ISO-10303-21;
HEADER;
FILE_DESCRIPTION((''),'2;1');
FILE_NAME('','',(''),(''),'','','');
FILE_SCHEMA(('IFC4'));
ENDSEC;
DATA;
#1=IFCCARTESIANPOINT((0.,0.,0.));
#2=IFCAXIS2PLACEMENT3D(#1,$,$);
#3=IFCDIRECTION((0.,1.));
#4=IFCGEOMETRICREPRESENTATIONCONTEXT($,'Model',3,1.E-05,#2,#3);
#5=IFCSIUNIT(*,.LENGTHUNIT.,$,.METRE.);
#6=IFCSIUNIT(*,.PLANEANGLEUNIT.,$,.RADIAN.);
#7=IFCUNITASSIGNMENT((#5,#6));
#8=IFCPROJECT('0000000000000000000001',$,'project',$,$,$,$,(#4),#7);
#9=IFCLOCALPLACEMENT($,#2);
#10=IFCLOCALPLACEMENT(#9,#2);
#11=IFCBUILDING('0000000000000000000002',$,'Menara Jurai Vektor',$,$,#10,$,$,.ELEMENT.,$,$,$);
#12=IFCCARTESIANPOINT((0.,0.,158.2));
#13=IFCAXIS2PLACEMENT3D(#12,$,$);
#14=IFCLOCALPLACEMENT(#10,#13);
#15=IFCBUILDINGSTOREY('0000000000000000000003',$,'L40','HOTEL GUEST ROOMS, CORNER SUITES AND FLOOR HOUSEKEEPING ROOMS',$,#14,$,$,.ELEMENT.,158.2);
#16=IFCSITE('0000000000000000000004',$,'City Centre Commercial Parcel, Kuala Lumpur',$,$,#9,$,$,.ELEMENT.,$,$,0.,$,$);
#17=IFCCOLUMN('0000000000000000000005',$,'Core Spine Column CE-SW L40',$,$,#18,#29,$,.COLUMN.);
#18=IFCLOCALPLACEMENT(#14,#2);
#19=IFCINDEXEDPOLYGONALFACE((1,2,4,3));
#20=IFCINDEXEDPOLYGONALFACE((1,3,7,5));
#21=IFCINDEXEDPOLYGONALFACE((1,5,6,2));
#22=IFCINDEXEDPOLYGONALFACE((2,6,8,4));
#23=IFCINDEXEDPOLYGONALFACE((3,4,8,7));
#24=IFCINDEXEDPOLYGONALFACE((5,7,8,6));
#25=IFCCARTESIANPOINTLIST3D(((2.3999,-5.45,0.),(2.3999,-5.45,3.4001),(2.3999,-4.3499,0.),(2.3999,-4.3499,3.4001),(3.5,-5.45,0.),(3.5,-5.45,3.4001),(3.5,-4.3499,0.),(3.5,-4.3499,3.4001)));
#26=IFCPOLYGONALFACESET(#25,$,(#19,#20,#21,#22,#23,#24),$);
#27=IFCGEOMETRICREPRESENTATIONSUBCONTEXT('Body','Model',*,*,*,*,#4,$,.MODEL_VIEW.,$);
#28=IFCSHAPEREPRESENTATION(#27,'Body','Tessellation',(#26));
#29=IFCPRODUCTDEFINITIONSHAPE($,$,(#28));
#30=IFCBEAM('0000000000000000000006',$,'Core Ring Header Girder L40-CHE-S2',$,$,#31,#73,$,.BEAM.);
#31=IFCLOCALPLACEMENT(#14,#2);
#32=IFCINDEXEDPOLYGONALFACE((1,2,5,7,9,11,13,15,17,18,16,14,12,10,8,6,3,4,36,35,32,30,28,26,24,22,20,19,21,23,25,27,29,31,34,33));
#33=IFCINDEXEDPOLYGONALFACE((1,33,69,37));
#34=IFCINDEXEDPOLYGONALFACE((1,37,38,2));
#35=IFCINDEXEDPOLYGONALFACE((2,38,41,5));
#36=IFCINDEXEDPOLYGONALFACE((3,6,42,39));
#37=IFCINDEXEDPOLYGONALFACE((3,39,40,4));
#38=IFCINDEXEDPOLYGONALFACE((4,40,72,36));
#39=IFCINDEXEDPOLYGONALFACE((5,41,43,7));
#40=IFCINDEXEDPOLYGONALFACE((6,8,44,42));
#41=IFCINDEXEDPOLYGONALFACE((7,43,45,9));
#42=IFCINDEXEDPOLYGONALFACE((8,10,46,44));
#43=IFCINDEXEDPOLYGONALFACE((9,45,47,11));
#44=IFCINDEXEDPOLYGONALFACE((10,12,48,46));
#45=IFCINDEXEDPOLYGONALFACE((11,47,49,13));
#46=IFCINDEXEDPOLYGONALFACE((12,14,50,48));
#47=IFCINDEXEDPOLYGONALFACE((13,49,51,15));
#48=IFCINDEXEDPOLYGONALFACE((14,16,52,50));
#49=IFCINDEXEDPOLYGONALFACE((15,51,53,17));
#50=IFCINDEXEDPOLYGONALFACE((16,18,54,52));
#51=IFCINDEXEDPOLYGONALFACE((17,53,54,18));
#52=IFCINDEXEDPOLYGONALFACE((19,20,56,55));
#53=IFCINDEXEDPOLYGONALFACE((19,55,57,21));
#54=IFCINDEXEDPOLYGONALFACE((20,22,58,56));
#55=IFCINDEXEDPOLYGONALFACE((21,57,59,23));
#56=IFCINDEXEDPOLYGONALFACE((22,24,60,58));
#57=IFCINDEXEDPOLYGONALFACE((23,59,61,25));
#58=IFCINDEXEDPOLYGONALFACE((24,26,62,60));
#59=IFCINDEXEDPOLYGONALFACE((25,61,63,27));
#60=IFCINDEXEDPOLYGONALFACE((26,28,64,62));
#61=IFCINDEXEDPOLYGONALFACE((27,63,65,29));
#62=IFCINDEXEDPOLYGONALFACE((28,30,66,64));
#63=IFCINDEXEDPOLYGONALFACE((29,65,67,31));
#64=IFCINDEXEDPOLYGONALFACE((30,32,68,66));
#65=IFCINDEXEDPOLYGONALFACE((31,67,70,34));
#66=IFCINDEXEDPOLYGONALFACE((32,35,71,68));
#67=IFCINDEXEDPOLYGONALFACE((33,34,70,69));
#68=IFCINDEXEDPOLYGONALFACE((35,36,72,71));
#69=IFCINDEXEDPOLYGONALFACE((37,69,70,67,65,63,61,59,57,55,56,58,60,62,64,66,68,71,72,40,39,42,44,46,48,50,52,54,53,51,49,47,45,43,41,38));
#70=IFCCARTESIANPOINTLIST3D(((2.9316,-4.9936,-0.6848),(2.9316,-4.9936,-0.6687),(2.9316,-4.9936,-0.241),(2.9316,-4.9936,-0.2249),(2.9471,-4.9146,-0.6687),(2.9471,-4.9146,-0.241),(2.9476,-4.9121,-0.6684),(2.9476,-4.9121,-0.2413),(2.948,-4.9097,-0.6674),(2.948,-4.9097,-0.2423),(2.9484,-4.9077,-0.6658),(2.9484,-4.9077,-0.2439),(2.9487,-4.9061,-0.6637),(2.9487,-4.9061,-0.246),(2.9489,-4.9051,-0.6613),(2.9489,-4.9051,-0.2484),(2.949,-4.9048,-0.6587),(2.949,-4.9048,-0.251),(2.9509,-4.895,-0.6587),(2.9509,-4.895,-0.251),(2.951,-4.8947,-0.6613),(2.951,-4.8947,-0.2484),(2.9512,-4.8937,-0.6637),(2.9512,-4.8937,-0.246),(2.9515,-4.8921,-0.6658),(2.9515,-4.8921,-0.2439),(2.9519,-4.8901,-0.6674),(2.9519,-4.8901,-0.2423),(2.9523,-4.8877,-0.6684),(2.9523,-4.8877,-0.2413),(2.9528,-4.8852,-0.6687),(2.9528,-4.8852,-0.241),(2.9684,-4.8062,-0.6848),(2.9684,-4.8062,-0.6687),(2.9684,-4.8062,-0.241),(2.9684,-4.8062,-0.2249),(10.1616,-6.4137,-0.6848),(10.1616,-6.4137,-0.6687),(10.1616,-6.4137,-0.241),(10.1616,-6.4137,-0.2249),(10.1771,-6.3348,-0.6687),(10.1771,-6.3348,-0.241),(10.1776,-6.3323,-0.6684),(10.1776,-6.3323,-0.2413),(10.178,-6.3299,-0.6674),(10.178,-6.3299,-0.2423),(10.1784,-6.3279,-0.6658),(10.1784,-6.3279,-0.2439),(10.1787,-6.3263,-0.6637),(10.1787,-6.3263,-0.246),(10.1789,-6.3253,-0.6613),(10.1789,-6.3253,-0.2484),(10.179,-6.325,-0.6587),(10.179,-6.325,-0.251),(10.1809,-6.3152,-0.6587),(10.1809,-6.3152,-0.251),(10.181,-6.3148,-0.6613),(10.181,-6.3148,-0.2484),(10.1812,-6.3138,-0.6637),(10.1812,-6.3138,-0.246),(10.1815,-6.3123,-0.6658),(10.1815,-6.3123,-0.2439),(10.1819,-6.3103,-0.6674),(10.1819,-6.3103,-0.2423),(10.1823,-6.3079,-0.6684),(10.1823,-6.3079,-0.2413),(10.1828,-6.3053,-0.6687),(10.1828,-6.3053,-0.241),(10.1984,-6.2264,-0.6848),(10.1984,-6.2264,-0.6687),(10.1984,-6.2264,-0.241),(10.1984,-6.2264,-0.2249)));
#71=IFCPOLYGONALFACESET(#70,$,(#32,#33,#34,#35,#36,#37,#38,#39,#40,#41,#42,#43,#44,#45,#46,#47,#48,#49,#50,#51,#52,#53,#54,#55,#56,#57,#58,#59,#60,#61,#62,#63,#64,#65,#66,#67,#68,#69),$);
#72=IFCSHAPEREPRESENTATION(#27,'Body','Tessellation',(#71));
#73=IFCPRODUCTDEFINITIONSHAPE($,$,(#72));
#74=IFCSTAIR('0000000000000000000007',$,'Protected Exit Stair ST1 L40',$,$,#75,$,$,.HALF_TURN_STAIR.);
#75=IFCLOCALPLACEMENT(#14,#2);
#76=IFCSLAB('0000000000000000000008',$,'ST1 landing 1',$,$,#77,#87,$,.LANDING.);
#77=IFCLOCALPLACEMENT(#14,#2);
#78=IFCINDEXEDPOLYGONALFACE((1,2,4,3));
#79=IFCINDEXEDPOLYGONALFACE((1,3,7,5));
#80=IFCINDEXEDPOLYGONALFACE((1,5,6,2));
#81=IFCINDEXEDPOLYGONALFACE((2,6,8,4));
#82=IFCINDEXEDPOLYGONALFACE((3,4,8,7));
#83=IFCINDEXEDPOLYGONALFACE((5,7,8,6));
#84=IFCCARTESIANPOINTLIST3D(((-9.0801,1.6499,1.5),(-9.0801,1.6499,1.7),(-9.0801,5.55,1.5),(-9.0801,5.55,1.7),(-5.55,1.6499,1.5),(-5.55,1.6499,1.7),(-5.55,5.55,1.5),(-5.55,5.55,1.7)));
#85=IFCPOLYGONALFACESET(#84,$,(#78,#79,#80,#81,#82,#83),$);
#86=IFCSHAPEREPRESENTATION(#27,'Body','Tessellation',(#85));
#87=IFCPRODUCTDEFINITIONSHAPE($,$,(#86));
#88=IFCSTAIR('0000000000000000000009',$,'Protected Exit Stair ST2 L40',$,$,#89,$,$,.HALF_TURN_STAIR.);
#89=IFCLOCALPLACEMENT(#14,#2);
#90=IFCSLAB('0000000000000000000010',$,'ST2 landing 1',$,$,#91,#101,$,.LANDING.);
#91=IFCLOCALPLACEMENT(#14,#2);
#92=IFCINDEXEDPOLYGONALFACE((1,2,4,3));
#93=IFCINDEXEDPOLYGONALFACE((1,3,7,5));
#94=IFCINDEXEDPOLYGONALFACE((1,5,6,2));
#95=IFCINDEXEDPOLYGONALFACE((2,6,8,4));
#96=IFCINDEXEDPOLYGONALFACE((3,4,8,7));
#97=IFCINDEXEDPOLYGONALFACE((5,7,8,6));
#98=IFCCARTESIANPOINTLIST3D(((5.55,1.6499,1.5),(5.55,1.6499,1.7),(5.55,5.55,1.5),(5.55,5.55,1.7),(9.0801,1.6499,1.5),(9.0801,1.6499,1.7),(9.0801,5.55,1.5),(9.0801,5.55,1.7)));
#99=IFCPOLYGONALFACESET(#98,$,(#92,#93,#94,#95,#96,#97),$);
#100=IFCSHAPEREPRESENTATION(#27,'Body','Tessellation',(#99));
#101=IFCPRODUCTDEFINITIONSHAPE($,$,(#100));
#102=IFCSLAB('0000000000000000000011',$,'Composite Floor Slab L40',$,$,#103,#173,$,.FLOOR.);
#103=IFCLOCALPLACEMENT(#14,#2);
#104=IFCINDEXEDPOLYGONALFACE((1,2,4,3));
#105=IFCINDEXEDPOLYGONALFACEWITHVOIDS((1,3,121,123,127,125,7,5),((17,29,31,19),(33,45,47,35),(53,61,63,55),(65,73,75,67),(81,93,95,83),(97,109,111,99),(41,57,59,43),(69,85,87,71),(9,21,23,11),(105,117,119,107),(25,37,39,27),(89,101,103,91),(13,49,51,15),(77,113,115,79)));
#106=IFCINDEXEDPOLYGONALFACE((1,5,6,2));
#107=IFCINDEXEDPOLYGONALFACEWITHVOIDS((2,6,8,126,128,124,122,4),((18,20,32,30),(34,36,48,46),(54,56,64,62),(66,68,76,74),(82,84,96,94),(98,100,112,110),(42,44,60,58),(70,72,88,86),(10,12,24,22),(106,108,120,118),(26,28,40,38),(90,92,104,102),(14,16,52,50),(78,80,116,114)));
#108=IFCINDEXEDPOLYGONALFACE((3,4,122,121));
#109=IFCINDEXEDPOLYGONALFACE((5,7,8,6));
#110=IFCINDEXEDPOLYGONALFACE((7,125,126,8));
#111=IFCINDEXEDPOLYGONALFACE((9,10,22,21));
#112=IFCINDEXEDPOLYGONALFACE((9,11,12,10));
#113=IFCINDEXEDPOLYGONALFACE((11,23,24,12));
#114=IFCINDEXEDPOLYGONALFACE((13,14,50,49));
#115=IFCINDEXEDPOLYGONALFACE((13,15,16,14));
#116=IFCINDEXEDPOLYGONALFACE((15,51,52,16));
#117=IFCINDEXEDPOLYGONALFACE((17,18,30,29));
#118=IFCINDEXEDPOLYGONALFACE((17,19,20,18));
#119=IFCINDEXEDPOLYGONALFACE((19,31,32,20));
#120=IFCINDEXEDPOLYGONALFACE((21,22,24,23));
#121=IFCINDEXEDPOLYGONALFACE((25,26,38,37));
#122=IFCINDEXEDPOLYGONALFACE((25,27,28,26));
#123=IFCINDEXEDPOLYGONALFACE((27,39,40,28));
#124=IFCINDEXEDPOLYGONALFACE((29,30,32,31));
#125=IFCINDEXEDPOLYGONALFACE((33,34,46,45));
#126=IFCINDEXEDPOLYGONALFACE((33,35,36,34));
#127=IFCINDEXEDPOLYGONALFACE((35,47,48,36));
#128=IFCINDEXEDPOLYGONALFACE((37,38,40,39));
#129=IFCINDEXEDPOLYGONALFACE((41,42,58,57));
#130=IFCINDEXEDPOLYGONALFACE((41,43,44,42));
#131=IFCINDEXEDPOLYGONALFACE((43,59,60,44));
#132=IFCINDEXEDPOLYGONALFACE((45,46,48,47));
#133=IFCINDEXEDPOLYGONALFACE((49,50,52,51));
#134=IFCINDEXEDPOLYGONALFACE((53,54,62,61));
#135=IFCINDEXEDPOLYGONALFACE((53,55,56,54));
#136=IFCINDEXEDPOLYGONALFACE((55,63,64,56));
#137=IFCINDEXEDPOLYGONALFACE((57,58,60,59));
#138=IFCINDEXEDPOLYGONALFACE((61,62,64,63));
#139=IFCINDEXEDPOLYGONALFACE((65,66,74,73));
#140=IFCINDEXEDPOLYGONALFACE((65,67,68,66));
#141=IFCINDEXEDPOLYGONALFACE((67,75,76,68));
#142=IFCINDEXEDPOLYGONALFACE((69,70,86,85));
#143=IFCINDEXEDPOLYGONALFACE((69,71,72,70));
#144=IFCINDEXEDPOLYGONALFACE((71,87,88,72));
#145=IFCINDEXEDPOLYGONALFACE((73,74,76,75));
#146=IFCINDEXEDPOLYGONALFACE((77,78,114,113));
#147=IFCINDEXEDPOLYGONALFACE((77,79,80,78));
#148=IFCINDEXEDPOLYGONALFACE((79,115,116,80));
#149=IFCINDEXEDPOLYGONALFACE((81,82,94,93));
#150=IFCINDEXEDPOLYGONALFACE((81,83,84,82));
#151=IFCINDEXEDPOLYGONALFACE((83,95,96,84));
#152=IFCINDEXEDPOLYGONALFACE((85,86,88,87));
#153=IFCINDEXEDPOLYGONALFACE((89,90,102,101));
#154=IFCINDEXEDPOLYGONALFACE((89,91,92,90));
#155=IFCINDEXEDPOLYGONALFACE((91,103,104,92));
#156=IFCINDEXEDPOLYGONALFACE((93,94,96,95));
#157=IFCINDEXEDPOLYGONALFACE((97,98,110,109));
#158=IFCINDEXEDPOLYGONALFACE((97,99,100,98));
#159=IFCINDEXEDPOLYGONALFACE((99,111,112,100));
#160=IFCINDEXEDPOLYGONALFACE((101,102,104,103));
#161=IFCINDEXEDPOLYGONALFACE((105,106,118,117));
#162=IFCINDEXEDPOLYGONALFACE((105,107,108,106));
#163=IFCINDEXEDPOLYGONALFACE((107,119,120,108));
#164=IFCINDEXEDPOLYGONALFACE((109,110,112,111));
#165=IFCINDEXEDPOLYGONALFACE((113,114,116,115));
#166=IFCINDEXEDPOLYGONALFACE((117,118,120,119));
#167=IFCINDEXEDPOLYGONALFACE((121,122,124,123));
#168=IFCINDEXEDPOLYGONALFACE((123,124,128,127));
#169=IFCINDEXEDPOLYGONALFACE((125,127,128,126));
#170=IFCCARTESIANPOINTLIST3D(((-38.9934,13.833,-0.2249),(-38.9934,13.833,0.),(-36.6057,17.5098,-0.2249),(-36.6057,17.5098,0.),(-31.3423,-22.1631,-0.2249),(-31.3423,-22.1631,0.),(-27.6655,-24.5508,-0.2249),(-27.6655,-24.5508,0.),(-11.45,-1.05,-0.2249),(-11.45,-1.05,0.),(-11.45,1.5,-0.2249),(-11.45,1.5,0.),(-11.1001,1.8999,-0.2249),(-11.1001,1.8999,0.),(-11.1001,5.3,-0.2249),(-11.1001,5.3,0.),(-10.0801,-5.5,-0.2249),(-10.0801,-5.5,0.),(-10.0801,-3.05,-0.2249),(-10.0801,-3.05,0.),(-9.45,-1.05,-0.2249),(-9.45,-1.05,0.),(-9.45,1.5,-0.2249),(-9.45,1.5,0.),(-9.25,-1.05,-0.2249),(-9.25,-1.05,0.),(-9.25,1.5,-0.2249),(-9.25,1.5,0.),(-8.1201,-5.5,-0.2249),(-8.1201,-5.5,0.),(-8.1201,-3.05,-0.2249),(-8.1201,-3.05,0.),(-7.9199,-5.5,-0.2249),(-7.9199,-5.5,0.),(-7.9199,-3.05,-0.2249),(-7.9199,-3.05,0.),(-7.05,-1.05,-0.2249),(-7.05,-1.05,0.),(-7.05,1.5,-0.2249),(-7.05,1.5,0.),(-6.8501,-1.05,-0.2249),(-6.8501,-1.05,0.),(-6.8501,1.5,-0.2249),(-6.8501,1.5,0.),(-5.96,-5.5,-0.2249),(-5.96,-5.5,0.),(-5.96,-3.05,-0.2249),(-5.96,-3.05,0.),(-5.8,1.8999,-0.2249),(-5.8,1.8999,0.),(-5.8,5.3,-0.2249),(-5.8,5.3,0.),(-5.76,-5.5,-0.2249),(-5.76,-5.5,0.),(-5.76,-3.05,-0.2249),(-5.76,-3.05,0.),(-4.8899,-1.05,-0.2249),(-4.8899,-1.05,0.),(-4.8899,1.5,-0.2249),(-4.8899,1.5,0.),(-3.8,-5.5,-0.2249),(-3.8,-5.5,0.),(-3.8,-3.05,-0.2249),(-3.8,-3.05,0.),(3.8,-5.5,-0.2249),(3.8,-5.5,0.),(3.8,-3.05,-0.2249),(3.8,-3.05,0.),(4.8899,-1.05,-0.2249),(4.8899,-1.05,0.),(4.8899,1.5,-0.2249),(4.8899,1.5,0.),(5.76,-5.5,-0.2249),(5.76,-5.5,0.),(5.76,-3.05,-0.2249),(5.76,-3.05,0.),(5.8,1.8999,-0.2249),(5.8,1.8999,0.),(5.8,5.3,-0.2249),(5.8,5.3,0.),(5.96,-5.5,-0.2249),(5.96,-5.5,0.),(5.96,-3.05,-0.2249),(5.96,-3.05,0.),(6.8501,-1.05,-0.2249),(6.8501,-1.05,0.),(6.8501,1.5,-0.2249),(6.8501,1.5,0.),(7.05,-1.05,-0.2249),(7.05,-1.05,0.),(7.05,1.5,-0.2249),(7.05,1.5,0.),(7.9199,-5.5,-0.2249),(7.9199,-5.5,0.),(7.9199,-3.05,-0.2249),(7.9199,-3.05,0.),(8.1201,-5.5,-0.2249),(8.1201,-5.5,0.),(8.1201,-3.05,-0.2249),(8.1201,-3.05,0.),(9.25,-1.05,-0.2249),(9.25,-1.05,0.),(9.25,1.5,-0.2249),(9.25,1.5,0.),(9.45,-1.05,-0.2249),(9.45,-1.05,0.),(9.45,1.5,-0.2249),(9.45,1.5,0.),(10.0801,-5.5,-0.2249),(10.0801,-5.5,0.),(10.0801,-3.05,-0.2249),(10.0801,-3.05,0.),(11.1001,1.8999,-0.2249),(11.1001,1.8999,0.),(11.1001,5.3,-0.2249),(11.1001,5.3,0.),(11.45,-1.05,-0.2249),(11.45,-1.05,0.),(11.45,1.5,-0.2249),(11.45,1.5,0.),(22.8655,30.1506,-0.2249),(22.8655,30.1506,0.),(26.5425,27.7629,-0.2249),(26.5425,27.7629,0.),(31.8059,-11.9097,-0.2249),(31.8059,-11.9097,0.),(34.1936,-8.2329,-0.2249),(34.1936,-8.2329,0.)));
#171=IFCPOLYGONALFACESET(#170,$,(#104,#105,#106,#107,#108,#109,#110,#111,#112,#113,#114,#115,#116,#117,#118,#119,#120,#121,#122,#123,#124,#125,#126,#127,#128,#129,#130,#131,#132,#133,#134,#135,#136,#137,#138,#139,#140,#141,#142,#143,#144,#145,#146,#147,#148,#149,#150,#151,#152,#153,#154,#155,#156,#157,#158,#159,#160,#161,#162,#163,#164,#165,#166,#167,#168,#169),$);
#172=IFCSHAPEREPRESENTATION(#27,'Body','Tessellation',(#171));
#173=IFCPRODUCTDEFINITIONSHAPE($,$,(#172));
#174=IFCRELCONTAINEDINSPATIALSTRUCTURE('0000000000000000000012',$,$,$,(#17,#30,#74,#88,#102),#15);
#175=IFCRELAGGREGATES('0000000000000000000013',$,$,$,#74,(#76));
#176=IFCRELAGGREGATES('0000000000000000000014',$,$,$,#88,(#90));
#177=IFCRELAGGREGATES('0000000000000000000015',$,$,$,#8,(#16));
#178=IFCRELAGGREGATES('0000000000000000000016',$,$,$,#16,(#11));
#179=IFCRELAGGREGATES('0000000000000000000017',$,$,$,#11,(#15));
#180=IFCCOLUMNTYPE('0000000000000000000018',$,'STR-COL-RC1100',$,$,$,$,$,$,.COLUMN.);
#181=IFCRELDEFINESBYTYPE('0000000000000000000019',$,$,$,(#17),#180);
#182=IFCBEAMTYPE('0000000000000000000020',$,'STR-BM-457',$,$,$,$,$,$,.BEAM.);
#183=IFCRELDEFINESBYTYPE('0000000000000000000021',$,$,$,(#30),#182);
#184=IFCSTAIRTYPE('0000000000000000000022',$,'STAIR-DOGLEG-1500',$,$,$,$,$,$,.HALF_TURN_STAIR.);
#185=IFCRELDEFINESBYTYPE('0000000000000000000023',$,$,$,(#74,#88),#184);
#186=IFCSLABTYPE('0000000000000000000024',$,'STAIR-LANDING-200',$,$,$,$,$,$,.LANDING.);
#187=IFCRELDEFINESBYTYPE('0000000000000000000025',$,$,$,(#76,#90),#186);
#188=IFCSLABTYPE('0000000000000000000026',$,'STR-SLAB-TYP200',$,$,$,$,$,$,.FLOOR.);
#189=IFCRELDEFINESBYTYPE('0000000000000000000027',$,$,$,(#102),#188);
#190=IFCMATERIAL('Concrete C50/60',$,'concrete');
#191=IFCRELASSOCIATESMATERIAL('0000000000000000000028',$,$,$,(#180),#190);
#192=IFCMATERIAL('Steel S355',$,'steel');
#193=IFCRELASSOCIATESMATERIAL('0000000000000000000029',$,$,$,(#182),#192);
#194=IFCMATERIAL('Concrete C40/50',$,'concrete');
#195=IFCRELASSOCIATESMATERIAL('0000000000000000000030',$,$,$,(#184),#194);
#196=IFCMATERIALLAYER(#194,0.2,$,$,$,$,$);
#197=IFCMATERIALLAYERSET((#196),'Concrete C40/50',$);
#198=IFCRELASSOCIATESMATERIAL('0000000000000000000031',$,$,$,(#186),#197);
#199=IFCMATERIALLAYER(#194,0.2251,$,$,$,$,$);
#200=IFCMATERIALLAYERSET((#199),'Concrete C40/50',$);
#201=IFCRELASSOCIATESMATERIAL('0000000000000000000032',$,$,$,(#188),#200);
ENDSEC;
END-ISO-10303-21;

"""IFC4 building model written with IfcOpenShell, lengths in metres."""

from ifc_helpers import new_model, si_unit, direction, frame, origin, origin_2d, place, context, subcontext, project, spatial, polyline, rectangle, i_section, outline, extrude, material, layer, layer_set, material_profile, profile_set, type_object, element, aggregate, save


model = new_model("IFC4")

# Units and contexts
model_context = context("Model", 3, precision=1e-05, world=origin(), true_north=direction((0.0, 1.0)))
body_context = subcontext(model_context, "Body", "Model", "MODEL_VIEW")
ifc_project = project(units=[si_unit("LENGTHUNIT", "METRE"), si_unit("PLANEANGLEUNIT", "RADIAN")], contexts=[model_context])

# Site, building, storey
site_placement = place(None, origin())
site = spatial("IfcSite", under=ifc_project, at=site_placement, Name="City Centre Commercial Parcel, Kuala Lumpur", CompositionType="ELEMENT", RefElevation=0.0)
building_placement = place(site_placement, origin())
building = spatial("IfcBuilding", under=site, at=building_placement, Name="Menara Jurai Vektor", CompositionType="ELEMENT")
storey_placement = place(building_placement, frame((0.0, 0.0, 158.2)))
storey = spatial("IfcBuildingStorey", under=building, at=storey_placement, Name="L40", Description="HOTEL GUEST ROOMS, CORNER SUITES AND FLOOR HOUSEKEEPING ROOMS", CompositionType="ELEMENT", Elevation=158.2)

# Column
ifc_material_1 = material(Name="Concrete C50/60", Category="concrete")
ifc_material_profile_1 = material_profile(ifc_material_1, rectangle(XDim=1.1001, YDim=1.1001, at=origin_2d()), Name="RC 1100x1100")
ifc_profile_set_1 = profile_set([ifc_material_profile_1], Name="Concrete C50/60")
column_type = type_object("IfcColumnType", Name="STR-COL-RC1100", PredefinedType="COLUMN", material=ifc_profile_set_1)
column_placement = place(storey_placement, frame((2.95, -4.8999, 0.0), z_axis=(0.0, 0.0, 1.0), x_axis=(1.0, 0.0, 0.0)))
element("IfcColumn", 1, at=column_placement, inside=storey, type_object=column_type, Name="Core Spine Column CE-SW L40", PredefinedType="COLUMN", context=body_context, shape_type="SweptSolid", body=[
    extrude(rectangle(XDim=1.1001, YDim=1.1001, at=origin_2d()), origin(), (0.0, 0.0, 1.0), 3.4001),
])

# Beam
ifc_material_2 = material(Name="Steel S355", Category="steel")
ifc_material_profile_2 = material_profile(ifc_material_2, i_section(OverallWidth=0.1909, OverallDepth=0.46, WebThickness=0.01, FlangeThickness=0.0161, FilletRadius=0.01, at=origin_2d()), Name="UKB 457x191x82")
ifc_profile_set_2 = profile_set([ifc_material_profile_2], Name="Steel S355")
beam_type = type_object("IfcBeamType", Name="STR-BM-457", PredefinedType="BEAM", material=ifc_profile_set_2)
beam_placement = place(storey_placement, frame((2.95, -4.8999, -0.4548), z_axis=(0.981249, -0.192744, 0.0), x_axis=(0.192744, 0.981249, 0.0)))
element("IfcBeam", 2, at=beam_placement, inside=storey, type_object=beam_type, Name="Core Ring Header Girder L40-CHE-S2", PredefinedType="BEAM", context=body_context, shape_type="SweptSolid", body=[
    extrude(i_section(OverallWidth=0.1909, OverallDepth=0.46, WebThickness=0.01, FlangeThickness=0.0161, FilletRadius=0.01, at=origin_2d()), origin(), (0.0, 0.0, 1.0), 7.3682),
])

# Stairs, slabs
ifc_material_3 = material(Name="Concrete C40/50", Category="concrete")
stair_type = type_object("IfcStairType", Name="STAIR-DOGLEG-1500", PredefinedType="HALF_TURN_STAIR", material=ifc_material_3)
stair_1_placement = place(storey_placement, origin())
stair_1 = element("IfcStair", 3, at=stair_1_placement, inside=storey, type_object=stair_type, Name="Protected Exit Stair ST1 L40", PredefinedType="HALF_TURN_STAIR")
ifc_layer_1 = layer(ifc_material_3, 0.2)
ifc_layer_set_1 = layer_set([ifc_layer_1], Name="Concrete C40/50")
slab_type_1 = type_object("IfcSlabType", Name="STAIR-LANDING-200", PredefinedType="LANDING", material=ifc_layer_set_1)
slab_1_placement = place(storey_placement, frame((0.0, 0.0, 1.5)))
slab_1 = element("IfcSlab", 4, at=slab_1_placement, type_object=slab_type_1, Name="ST1 landing 1", PredefinedType="LANDING", context=body_context, shape_type="SweptSolid", body=[
    extrude(outline(polyline([(-9.0801, 1.6499), (-5.55, 1.6499), (-5.55, 5.55), (-9.0801, 5.55), (-9.0801, 1.6499)])), origin(), (0.0, 0.0, 1.0), 0.2),
])
aggregate(stair_1, [slab_1])
stair_2_placement = place(storey_placement, origin())
stair_2 = element("IfcStair", 5, at=stair_2_placement, inside=storey, type_object=stair_type, Name="Protected Exit Stair ST2 L40", PredefinedType="HALF_TURN_STAIR")
slab_2_placement = place(storey_placement, frame((0.0, 0.0, 1.5)))
slab_2 = element("IfcSlab", 6, at=slab_2_placement, type_object=slab_type_1, Name="ST2 landing 1", PredefinedType="LANDING", context=body_context, shape_type="SweptSolid", body=[
    extrude(outline(polyline([(5.55, 1.6499), (9.0801, 1.6499), (9.0801, 5.55), (5.55, 5.55), (5.55, 1.6499)])), origin(), (0.0, 0.0, 1.0), 0.2),
])
aggregate(stair_2, [slab_2])

# Slab
ifc_layer_2 = layer(ifc_material_3, 0.2251)
ifc_layer_set_2 = layer_set([ifc_layer_2], Name="Concrete C40/50")
slab_type_2 = type_object("IfcSlabType", Name="STR-SLAB-TYP200", PredefinedType="FLOOR", material=ifc_layer_set_2)
slab_3_placement = place(storey_placement, frame((0.0, 0.0, -0.2249)))
element("IfcSlab", 7, at=slab_3_placement, inside=storey, type_object=slab_type_2, Name="Composite Floor Slab L40", PredefinedType="FLOOR", context=body_context, shape_type="SweptSolid", body=[
    extrude(outline(polyline([(-27.6655, -24.5508), (31.8059, -11.9097), (34.1936, -8.2329), (26.5425, 27.7629), (22.8655, 30.1506), (-36.6057, 17.5098), (-38.9934, 13.833), (-31.3423, -22.1631), (-27.6655, -24.5508)]), holes=[polyline([(-11.1001, 1.8999), (-11.1001, 5.3), (-5.8, 5.3), (-5.8, 1.8999), (-11.1001, 1.8999)]), polyline([(5.8, 1.8999), (5.8, 5.3), (11.1001, 5.3), (11.1001, 1.8999), (5.8, 1.8999)]), polyline([(-11.45, -1.05), (-11.45, 1.5), (-9.45, 1.5), (-9.45, -1.05), (-11.45, -1.05)]), polyline([(9.45, -1.05), (9.45, 1.5), (11.45, 1.5), (11.45, -1.05), (9.45, -1.05)]), polyline([(-5.76, -5.5), (-5.76, -3.05), (-3.8, -3.05), (-3.8, -5.5), (-5.76, -5.5)]), polyline([(-6.8501, -1.05), (-6.8501, 1.5), (-4.8899, 1.5), (-4.8899, -1.05), (-6.8501, -1.05)]), polyline([(3.8, -5.5), (3.8, -3.05), (5.76, -3.05), (5.76, -5.5), (3.8, -5.5)]), polyline([(4.8899, -1.05), (4.8899, 1.5), (6.8501, 1.5), (6.8501, -1.05), (4.8899, -1.05)]), polyline([(-10.0801, -5.5), (-10.0801, -3.05), (-8.1201, -3.05), (-8.1201, -5.5), (-10.0801, -5.5)]), polyline([(-7.9199, -5.5), (-7.9199, -3.05), (-5.96, -3.05), (-5.96, -5.5), (-7.9199, -5.5)]), polyline([(5.96, -5.5), (5.96, -3.05), (7.9199, -3.05), (7.9199, -5.5), (5.96, -5.5)]), polyline([(8.1201, -5.5), (8.1201, -3.05), (10.0801, -3.05), (10.0801, -5.5), (8.1201, -5.5)]), polyline([(-9.25, -1.05), (-9.25, 1.5), (-7.05, 1.5), (-7.05, -1.05), (-9.25, -1.05)]), polyline([(7.05, -1.05), (7.05, 1.5), (9.25, 1.5), (9.25, -1.05), (7.05, -1.05)])]), origin(), (0.0, 0.0, 1.0), 0.2249),
])

save(model, "model.ifc")
